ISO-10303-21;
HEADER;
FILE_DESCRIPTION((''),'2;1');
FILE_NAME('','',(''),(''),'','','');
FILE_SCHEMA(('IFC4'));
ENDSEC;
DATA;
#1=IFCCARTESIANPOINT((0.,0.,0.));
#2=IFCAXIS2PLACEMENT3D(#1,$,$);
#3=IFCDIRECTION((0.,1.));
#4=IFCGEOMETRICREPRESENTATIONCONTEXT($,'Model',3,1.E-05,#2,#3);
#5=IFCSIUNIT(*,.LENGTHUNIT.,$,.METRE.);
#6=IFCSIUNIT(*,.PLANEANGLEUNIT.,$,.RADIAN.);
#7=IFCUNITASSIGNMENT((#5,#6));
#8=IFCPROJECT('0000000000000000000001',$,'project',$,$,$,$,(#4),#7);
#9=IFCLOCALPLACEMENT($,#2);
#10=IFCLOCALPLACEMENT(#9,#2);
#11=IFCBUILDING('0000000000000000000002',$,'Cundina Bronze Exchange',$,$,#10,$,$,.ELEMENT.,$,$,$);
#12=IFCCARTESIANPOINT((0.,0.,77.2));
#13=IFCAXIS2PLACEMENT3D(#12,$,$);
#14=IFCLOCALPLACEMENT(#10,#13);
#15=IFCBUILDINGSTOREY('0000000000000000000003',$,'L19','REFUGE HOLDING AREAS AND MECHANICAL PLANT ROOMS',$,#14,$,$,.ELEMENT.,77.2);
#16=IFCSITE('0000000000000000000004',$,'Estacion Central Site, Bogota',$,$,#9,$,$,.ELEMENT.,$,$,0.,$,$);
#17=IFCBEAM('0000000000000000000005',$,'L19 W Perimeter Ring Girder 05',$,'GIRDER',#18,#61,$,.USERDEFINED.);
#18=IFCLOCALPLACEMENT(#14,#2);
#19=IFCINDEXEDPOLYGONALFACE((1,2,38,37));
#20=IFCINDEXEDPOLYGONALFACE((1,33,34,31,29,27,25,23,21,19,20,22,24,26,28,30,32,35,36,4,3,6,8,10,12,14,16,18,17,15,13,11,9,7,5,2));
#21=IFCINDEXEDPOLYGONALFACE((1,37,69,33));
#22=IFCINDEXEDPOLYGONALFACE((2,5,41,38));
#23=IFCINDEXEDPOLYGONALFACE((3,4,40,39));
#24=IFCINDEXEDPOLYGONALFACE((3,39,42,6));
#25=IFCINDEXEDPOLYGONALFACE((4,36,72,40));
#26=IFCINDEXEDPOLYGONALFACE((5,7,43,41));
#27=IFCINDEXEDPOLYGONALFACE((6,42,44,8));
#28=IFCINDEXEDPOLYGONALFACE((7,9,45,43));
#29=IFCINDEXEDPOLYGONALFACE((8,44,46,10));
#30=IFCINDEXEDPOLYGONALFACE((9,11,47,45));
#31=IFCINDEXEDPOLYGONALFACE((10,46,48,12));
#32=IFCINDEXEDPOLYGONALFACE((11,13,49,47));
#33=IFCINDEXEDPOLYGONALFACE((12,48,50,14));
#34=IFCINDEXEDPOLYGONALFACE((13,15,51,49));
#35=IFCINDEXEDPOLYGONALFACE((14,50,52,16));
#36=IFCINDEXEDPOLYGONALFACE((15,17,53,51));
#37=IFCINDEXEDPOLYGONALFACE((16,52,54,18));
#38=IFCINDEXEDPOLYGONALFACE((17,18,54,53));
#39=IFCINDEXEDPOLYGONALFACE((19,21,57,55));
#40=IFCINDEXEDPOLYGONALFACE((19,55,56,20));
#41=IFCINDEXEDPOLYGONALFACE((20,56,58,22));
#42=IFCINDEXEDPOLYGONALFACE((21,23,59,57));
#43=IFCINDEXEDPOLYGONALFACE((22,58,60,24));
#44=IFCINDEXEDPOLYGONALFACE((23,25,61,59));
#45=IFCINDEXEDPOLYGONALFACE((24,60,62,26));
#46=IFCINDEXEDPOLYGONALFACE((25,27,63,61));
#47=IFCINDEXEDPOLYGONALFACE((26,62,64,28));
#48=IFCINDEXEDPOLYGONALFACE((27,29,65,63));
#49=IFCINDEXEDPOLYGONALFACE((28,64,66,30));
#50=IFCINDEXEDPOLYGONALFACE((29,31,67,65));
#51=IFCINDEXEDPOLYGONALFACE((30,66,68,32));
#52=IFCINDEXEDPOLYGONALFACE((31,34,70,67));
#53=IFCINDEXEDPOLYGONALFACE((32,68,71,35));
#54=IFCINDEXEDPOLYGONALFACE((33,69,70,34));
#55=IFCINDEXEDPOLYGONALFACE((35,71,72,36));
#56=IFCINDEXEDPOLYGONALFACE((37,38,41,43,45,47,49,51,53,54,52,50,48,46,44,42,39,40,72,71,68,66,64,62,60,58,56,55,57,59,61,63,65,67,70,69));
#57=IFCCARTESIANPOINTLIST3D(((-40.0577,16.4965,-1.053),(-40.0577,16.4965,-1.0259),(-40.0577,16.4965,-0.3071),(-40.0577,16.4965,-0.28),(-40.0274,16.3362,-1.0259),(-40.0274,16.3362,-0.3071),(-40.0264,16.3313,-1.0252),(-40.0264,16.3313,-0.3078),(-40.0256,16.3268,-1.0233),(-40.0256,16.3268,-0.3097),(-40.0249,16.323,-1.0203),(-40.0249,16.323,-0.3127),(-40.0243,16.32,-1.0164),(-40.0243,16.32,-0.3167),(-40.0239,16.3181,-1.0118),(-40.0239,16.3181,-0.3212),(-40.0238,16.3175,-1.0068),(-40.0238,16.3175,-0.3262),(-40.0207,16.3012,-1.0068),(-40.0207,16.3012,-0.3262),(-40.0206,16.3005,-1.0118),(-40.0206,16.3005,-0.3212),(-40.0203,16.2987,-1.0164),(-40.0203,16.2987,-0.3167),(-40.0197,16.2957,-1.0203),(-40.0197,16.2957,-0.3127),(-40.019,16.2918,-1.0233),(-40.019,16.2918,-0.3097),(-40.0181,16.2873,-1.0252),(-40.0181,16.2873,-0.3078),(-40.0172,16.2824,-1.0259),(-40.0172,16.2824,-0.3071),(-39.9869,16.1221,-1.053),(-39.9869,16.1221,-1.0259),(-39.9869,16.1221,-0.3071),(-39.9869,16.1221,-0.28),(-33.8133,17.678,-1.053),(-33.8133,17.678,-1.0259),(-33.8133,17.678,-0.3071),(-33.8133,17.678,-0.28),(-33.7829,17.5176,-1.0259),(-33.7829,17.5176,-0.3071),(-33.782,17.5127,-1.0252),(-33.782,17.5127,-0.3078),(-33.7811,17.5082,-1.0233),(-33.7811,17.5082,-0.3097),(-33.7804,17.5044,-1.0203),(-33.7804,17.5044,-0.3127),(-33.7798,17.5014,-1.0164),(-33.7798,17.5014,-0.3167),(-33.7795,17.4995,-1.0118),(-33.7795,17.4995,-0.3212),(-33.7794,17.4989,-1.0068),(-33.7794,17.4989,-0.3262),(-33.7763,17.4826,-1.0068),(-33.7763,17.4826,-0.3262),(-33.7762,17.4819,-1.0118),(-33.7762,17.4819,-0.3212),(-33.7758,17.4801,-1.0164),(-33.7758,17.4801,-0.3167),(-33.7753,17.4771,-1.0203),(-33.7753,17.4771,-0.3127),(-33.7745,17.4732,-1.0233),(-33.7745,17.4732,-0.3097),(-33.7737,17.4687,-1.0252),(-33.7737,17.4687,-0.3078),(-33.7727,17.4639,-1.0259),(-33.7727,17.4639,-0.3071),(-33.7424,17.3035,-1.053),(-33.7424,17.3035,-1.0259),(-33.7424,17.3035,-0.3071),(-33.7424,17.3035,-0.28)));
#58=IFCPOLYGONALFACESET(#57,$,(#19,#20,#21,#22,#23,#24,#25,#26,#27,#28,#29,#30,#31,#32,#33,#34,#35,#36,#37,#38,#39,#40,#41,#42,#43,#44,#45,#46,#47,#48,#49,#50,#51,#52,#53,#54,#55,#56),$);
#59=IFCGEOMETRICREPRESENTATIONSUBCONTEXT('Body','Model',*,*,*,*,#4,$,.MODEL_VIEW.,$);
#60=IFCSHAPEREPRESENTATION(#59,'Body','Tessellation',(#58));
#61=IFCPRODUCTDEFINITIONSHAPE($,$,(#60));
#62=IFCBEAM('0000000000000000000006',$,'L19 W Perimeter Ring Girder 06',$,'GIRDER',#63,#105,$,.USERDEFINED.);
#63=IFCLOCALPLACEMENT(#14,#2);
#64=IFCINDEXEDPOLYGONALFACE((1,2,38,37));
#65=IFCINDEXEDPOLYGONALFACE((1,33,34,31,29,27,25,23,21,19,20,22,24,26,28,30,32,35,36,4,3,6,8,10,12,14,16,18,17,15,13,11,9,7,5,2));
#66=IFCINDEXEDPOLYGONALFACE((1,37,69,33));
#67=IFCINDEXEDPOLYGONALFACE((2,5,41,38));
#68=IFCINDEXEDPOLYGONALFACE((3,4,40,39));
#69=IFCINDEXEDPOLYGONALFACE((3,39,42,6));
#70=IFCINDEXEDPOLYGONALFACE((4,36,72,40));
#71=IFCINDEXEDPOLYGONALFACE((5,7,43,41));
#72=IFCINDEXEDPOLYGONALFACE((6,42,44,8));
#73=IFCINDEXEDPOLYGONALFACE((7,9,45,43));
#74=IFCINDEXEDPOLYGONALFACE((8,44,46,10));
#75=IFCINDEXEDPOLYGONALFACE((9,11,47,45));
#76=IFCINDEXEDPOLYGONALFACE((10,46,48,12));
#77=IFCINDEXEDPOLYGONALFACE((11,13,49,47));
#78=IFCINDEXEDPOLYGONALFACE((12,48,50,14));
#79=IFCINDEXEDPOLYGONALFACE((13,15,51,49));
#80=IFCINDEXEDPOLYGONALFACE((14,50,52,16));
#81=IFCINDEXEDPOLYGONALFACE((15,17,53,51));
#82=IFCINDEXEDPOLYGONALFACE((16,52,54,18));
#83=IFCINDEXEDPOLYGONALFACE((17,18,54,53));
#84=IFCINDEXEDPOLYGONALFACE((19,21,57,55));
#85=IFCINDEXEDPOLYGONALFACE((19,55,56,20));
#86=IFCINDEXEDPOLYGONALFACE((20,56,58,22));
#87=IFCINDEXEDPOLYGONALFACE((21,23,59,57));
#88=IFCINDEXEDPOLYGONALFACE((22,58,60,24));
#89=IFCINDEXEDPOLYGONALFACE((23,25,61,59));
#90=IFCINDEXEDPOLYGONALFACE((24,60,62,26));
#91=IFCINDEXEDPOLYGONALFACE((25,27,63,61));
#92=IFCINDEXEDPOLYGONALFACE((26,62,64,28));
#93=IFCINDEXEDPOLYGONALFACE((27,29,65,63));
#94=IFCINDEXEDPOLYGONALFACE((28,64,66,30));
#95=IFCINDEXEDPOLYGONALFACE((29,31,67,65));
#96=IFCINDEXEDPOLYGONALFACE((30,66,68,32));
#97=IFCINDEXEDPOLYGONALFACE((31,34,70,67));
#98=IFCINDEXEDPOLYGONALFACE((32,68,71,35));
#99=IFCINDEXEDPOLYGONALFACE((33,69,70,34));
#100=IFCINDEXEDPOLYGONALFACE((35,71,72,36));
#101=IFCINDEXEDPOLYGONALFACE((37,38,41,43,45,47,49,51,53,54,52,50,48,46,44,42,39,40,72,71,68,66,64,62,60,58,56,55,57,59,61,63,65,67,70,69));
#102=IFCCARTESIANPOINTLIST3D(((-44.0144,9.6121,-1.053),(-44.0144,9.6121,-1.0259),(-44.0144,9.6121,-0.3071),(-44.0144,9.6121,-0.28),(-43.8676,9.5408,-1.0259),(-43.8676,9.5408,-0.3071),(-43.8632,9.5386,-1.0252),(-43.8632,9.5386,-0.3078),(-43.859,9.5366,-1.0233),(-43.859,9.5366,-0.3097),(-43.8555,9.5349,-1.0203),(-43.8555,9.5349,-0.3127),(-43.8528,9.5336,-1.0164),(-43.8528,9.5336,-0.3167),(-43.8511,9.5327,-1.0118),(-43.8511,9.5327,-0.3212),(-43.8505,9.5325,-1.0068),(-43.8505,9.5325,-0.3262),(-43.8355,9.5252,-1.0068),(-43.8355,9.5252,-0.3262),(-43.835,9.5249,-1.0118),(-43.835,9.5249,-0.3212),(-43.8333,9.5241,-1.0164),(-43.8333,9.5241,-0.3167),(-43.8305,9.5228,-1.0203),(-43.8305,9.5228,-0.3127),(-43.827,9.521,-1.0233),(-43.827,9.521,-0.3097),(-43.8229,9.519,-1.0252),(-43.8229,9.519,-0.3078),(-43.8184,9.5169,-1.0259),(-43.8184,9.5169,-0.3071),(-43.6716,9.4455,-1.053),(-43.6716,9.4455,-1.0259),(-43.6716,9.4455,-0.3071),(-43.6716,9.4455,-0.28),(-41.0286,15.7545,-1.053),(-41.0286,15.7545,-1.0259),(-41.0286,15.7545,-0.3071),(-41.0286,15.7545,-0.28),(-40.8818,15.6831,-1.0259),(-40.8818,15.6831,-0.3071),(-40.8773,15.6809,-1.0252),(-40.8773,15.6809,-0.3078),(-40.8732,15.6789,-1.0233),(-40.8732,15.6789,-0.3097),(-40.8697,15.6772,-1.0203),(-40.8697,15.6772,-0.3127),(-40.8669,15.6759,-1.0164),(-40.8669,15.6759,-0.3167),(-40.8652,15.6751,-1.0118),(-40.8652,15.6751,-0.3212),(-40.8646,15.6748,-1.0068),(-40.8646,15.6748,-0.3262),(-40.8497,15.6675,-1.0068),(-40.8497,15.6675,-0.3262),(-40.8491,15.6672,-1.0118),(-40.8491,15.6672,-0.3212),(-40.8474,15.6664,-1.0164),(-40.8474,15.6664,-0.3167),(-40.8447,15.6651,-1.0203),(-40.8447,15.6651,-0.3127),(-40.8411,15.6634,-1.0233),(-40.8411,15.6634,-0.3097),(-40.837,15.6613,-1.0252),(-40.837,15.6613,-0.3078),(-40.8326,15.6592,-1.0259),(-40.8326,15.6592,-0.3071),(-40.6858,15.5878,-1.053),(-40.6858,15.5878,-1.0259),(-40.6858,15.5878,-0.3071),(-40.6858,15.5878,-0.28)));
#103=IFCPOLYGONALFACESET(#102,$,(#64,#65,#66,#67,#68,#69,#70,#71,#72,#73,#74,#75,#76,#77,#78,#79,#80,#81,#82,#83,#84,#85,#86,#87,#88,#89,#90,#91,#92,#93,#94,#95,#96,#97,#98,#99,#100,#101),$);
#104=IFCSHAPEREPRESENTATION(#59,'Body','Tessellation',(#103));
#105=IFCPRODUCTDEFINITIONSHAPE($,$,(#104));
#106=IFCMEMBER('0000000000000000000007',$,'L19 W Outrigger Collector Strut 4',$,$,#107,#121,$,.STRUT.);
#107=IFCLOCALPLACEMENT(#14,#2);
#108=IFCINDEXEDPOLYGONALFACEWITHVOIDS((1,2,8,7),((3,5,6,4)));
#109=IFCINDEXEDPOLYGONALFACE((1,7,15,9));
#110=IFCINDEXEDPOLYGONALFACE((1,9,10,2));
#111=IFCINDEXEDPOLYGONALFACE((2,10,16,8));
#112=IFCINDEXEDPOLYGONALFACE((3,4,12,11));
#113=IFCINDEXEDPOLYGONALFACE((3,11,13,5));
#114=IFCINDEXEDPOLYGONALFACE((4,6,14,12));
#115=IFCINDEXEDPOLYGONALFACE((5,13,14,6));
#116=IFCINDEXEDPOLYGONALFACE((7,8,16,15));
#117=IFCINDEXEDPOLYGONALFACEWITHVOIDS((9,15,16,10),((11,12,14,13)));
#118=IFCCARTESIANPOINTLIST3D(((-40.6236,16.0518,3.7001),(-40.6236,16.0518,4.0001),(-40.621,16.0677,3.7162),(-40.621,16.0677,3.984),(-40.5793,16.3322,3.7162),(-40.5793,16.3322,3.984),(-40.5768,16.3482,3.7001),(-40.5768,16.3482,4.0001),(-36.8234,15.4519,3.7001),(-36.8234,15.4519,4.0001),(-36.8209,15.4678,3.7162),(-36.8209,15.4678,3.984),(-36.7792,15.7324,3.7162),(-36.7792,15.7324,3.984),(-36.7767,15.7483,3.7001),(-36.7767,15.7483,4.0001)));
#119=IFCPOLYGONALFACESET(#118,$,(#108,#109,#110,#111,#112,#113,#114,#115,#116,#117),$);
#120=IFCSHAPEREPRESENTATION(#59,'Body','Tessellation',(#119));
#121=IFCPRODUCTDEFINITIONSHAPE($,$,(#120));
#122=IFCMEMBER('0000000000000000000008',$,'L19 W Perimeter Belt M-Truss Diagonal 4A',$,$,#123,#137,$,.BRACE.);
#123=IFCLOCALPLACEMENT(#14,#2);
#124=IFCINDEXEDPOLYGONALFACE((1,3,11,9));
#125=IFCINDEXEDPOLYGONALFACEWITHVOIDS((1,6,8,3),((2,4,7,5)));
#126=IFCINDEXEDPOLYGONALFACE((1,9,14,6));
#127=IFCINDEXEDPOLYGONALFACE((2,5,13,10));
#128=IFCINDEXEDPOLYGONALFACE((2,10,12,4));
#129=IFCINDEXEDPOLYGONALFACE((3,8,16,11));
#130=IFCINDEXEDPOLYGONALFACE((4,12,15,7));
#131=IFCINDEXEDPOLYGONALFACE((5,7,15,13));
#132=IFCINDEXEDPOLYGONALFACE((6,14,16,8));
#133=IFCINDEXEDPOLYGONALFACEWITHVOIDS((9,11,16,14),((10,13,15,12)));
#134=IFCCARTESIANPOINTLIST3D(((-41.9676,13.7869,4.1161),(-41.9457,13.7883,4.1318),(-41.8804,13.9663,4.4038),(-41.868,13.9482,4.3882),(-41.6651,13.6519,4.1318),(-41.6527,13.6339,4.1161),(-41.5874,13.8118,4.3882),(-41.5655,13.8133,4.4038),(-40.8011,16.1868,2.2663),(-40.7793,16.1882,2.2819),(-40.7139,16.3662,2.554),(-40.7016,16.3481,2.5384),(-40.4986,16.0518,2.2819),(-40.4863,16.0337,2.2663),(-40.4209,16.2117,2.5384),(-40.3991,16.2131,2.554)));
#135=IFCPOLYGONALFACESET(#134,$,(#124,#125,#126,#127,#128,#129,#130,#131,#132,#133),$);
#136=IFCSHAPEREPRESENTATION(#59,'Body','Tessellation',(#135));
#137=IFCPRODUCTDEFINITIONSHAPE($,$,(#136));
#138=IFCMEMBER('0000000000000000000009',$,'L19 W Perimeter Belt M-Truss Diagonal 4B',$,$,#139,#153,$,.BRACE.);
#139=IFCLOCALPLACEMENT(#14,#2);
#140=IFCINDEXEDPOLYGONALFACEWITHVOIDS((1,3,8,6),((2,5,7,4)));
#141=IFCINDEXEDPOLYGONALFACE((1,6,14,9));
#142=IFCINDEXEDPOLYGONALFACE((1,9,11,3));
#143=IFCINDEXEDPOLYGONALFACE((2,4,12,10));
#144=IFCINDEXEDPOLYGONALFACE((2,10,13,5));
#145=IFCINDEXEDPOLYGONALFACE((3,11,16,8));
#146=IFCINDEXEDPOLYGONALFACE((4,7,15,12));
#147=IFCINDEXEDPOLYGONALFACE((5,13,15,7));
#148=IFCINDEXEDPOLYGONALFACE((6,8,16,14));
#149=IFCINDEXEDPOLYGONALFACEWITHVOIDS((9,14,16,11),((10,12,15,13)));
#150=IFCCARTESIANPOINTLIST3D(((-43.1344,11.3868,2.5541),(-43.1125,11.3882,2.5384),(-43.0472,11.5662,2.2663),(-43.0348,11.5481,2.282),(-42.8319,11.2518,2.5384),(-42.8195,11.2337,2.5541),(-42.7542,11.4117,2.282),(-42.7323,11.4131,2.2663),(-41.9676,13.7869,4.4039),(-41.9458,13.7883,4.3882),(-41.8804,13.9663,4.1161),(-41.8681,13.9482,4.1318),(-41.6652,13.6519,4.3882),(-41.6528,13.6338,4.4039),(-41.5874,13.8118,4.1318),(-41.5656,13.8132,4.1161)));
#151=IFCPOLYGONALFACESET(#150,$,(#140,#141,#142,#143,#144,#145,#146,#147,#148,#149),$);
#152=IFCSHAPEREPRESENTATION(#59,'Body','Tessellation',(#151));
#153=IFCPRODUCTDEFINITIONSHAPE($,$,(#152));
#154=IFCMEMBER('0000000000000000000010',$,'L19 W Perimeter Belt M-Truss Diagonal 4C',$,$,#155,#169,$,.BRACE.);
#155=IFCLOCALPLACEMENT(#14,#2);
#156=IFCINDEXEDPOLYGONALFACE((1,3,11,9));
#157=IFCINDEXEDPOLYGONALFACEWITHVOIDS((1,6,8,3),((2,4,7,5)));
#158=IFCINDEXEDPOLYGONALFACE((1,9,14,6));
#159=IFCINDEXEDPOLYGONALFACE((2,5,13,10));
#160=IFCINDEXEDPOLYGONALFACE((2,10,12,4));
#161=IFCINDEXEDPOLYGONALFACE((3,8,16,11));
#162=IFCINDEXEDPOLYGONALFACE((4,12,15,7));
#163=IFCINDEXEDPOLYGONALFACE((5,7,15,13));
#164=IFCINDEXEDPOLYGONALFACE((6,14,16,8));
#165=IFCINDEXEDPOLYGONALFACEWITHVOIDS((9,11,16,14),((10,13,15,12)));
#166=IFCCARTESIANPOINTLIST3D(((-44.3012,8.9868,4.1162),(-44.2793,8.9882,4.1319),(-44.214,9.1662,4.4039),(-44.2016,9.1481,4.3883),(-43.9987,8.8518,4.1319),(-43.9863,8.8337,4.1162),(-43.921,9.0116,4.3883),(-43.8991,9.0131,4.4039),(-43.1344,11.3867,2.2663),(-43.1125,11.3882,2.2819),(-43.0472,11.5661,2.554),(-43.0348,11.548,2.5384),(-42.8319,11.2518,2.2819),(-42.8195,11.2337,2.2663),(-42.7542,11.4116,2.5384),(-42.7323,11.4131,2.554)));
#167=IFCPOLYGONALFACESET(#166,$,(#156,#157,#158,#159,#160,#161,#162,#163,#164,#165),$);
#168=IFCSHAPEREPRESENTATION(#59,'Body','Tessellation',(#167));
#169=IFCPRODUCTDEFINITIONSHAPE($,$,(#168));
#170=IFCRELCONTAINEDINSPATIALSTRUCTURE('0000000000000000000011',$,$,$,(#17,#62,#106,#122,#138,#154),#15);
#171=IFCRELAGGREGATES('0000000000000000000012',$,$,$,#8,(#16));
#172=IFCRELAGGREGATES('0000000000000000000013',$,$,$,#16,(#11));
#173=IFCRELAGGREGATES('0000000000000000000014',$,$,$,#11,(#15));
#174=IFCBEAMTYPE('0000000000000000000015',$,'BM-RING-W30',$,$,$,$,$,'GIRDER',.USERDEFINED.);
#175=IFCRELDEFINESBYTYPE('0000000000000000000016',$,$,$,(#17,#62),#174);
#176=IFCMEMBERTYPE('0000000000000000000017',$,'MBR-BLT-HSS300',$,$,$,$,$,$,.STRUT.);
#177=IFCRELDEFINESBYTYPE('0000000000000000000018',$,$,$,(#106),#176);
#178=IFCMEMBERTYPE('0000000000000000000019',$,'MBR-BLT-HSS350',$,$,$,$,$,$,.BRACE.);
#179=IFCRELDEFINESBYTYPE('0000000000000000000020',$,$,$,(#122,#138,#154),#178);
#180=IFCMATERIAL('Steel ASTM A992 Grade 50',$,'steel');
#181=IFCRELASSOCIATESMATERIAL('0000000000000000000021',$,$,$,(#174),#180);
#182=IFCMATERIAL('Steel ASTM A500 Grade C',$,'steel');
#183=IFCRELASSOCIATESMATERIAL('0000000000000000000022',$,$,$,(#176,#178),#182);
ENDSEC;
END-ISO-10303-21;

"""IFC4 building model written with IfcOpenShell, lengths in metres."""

from ifc_helpers import new_model, si_unit, direction, frame, origin, origin_2d, place, context, subcontext, project, spatial, hollow_rectangle, i_section, extrude, material, material_profile, profile_set, type_object, element, save


model = new_model("IFC4")

# Units and contexts
model_context = context("Model", 3, precision=1e-05, world=origin(), true_north=direction((0.0, 1.0)))
body_context = subcontext(model_context, "Body", "Model", "MODEL_VIEW")
ifc_project = project(units=[si_unit("LENGTHUNIT", "METRE"), si_unit("PLANEANGLEUNIT", "RADIAN")], contexts=[model_context])

# Site, building, storey
site_placement = place(None, origin())
site = spatial("IfcSite", under=ifc_project, at=site_placement, Name="Estacion Central Site, Bogota", CompositionType="ELEMENT", RefElevation=0.0)
building_placement = place(site_placement, origin())
building = spatial("IfcBuilding", under=site, at=building_placement, Name="Cundina Bronze Exchange", CompositionType="ELEMENT")
storey_placement = place(building_placement, frame((0.0, 0.0, 77.2)))
storey = spatial("IfcBuildingStorey", under=building, at=storey_placement, Name="L19", Description="REFUGE HOLDING AREAS AND MECHANICAL PLANT ROOMS", CompositionType="ELEMENT", Elevation=77.2)

# Beams
ifc_material_1 = material(Name="Steel ASTM A992 Grade 50", Category="steel")
ifc_material_profile_1 = material_profile(ifc_material_1, i_section(OverallWidth=0.3811, OverallDepth=0.7729, WebThickness=0.0166, FlangeThickness=0.0271, FilletRadius=0.019, at=origin_2d()), Name="W30X173", Category="steel")
ifc_profile_set_1 = profile_set([ifc_material_profile_1], Name="Steel ASTM A992 Grade 50")
beam_type_1 = type_object("IfcBeamType", Name="BM-RING-W30", ElementType="GIRDER", PredefinedType="USERDEFINED", material=ifc_profile_set_1)
beam_1_placement = place(storey_placement, frame((-33.7778, 17.4907, -0.6665), z_axis=(-0.982569, -0.185896, 0.0), x_axis=(0.185896, -0.982569, 0.0)))
element("IfcBeam", 1, at=beam_1_placement, inside=storey, type_object=beam_type_1, Name="L19 W Perimeter Ring Girder 05", ObjectType="GIRDER", PredefinedType="USERDEFINED", context=body_context, shape_type="SweptSolid", body=[
    extrude(i_section(OverallWidth=0.3811, OverallDepth=0.7729, WebThickness=0.0166, FlangeThickness=0.0271, FilletRadius=0.019, at=origin_2d()), origin(), (0.0, 0.0, 1.0), 6.3552),
])
beam_2_placement = place(storey_placement, frame((-40.8572, 15.6711, -0.6665), z_axis=(-0.437191, -0.899369, 0.0), x_axis=(0.899369, -0.437191, 0.0)))
element("IfcBeam", 2, at=beam_2_placement, inside=storey, type_object=beam_type_1, Name="L19 W Perimeter Ring Girder 06", ObjectType="GIRDER", PredefinedType="USERDEFINED", context=body_context, shape_type="SweptSolid", body=[
    extrude(i_section(OverallWidth=0.3811, OverallDepth=0.7729, WebThickness=0.0166, FlangeThickness=0.0271, FilletRadius=0.019, at=origin_2d()), origin(), (0.0, 0.0, 1.0), 6.8296),
])

# Members
ifc_material_2 = material(Name="Steel ASTM A500 Grade C", Category="steel")
ifc_material_profile_2 = material_profile(ifc_material_2, hollow_rectangle(XDim=0.3, YDim=0.3, WallThickness=0.0161, at=origin_2d()), Name="HSS300X300X16", Category="steel")
ifc_profile_set_2 = profile_set([ifc_material_profile_2], Name="Steel ASTM A500 Grade C")
member_type_1 = type_object("IfcMemberType", Name="MBR-BLT-HSS300", PredefinedType="STRUT", material=ifc_profile_set_2)
member_1_placement = place(storey_placement, frame((-36.8, 15.6001, 3.8501), z_axis=(-0.987769, 0.155923, 0.0), x_axis=(-0.155923, -0.987769, 0.0)))
element("IfcMember", 3, at=member_1_placement, inside=storey, type_object=member_type_1, Name="L19 W Outrigger Collector Strut 4", PredefinedType="STRUT", context=body_context, shape_type="SweptSolid", body=[
    extrude(hollow_rectangle(XDim=0.3, YDim=0.3, WallThickness=0.0161, at=origin_2d()), origin(), (0.0, 0.0, 1.0), 3.8472),
])
ifc_material_profile_3 = material_profile(ifc_material_2, hollow_rectangle(XDim=0.3501, YDim=0.3501, WallThickness=0.019, at=origin_2d()), Name="HSS350X350X19", Category="steel")
ifc_profile_set_3 = profile_set([ifc_material_profile_3], Name="Steel ASTM A500 Grade C")
member_type_2 = type_object("IfcMemberType", Name="MBR-BLT-HSS350", PredefinedType="BRACE", material=ifc_profile_set_3)
member_2_placement = place(storey_placement, frame((-40.6001, 16.2, 2.4102), z_axis=(-0.359269, -0.739141, 0.569733), x_axis=(0.899385, -0.437158, 0.0)))
element("IfcMember", 4, at=member_2_placement, inside=storey, type_object=member_type_2, Name="L19 W Perimeter Belt M-Truss Diagonal 4A", PredefinedType="BRACE", context=body_context, shape_type="SweptSolid", body=[
    extrude(hollow_rectangle(XDim=0.3501, YDim=0.3501, WallThickness=0.019, at=origin_2d()), origin(), (0.0, 0.0, 1.0), 3.2468),
])
for number, where, z_axis, x_axis, name in (
    (5, (-41.7666, 13.8, 4.26), (-0.359315, -0.739156, -0.569686), (0.899366, -0.437196, 0.0), "L19 W Perimeter Belt M-Truss Diagonal 4B"),
    (6, (-42.9333, 11.3999, 2.4102), (-0.359335, -0.739121, 0.569717), (0.899349, -0.437232, 0.0), "L19 W Perimeter Belt M-Truss Diagonal 4C"),
):
    element("IfcMember", number, at=place(storey_placement, frame(where, z_axis=z_axis, x_axis=x_axis)), inside=storey, type_object=member_type_2, Name=name, PredefinedType="BRACE", context=body_context, shape_type="SweptSolid", body=[
        extrude(hollow_rectangle(XDim=0.3501, YDim=0.3501, WallThickness=0.019, at=origin_2d()), origin(), (0.0, 0.0, 1.0), 3.2471),
    ])

save(model, "model.ifc")
